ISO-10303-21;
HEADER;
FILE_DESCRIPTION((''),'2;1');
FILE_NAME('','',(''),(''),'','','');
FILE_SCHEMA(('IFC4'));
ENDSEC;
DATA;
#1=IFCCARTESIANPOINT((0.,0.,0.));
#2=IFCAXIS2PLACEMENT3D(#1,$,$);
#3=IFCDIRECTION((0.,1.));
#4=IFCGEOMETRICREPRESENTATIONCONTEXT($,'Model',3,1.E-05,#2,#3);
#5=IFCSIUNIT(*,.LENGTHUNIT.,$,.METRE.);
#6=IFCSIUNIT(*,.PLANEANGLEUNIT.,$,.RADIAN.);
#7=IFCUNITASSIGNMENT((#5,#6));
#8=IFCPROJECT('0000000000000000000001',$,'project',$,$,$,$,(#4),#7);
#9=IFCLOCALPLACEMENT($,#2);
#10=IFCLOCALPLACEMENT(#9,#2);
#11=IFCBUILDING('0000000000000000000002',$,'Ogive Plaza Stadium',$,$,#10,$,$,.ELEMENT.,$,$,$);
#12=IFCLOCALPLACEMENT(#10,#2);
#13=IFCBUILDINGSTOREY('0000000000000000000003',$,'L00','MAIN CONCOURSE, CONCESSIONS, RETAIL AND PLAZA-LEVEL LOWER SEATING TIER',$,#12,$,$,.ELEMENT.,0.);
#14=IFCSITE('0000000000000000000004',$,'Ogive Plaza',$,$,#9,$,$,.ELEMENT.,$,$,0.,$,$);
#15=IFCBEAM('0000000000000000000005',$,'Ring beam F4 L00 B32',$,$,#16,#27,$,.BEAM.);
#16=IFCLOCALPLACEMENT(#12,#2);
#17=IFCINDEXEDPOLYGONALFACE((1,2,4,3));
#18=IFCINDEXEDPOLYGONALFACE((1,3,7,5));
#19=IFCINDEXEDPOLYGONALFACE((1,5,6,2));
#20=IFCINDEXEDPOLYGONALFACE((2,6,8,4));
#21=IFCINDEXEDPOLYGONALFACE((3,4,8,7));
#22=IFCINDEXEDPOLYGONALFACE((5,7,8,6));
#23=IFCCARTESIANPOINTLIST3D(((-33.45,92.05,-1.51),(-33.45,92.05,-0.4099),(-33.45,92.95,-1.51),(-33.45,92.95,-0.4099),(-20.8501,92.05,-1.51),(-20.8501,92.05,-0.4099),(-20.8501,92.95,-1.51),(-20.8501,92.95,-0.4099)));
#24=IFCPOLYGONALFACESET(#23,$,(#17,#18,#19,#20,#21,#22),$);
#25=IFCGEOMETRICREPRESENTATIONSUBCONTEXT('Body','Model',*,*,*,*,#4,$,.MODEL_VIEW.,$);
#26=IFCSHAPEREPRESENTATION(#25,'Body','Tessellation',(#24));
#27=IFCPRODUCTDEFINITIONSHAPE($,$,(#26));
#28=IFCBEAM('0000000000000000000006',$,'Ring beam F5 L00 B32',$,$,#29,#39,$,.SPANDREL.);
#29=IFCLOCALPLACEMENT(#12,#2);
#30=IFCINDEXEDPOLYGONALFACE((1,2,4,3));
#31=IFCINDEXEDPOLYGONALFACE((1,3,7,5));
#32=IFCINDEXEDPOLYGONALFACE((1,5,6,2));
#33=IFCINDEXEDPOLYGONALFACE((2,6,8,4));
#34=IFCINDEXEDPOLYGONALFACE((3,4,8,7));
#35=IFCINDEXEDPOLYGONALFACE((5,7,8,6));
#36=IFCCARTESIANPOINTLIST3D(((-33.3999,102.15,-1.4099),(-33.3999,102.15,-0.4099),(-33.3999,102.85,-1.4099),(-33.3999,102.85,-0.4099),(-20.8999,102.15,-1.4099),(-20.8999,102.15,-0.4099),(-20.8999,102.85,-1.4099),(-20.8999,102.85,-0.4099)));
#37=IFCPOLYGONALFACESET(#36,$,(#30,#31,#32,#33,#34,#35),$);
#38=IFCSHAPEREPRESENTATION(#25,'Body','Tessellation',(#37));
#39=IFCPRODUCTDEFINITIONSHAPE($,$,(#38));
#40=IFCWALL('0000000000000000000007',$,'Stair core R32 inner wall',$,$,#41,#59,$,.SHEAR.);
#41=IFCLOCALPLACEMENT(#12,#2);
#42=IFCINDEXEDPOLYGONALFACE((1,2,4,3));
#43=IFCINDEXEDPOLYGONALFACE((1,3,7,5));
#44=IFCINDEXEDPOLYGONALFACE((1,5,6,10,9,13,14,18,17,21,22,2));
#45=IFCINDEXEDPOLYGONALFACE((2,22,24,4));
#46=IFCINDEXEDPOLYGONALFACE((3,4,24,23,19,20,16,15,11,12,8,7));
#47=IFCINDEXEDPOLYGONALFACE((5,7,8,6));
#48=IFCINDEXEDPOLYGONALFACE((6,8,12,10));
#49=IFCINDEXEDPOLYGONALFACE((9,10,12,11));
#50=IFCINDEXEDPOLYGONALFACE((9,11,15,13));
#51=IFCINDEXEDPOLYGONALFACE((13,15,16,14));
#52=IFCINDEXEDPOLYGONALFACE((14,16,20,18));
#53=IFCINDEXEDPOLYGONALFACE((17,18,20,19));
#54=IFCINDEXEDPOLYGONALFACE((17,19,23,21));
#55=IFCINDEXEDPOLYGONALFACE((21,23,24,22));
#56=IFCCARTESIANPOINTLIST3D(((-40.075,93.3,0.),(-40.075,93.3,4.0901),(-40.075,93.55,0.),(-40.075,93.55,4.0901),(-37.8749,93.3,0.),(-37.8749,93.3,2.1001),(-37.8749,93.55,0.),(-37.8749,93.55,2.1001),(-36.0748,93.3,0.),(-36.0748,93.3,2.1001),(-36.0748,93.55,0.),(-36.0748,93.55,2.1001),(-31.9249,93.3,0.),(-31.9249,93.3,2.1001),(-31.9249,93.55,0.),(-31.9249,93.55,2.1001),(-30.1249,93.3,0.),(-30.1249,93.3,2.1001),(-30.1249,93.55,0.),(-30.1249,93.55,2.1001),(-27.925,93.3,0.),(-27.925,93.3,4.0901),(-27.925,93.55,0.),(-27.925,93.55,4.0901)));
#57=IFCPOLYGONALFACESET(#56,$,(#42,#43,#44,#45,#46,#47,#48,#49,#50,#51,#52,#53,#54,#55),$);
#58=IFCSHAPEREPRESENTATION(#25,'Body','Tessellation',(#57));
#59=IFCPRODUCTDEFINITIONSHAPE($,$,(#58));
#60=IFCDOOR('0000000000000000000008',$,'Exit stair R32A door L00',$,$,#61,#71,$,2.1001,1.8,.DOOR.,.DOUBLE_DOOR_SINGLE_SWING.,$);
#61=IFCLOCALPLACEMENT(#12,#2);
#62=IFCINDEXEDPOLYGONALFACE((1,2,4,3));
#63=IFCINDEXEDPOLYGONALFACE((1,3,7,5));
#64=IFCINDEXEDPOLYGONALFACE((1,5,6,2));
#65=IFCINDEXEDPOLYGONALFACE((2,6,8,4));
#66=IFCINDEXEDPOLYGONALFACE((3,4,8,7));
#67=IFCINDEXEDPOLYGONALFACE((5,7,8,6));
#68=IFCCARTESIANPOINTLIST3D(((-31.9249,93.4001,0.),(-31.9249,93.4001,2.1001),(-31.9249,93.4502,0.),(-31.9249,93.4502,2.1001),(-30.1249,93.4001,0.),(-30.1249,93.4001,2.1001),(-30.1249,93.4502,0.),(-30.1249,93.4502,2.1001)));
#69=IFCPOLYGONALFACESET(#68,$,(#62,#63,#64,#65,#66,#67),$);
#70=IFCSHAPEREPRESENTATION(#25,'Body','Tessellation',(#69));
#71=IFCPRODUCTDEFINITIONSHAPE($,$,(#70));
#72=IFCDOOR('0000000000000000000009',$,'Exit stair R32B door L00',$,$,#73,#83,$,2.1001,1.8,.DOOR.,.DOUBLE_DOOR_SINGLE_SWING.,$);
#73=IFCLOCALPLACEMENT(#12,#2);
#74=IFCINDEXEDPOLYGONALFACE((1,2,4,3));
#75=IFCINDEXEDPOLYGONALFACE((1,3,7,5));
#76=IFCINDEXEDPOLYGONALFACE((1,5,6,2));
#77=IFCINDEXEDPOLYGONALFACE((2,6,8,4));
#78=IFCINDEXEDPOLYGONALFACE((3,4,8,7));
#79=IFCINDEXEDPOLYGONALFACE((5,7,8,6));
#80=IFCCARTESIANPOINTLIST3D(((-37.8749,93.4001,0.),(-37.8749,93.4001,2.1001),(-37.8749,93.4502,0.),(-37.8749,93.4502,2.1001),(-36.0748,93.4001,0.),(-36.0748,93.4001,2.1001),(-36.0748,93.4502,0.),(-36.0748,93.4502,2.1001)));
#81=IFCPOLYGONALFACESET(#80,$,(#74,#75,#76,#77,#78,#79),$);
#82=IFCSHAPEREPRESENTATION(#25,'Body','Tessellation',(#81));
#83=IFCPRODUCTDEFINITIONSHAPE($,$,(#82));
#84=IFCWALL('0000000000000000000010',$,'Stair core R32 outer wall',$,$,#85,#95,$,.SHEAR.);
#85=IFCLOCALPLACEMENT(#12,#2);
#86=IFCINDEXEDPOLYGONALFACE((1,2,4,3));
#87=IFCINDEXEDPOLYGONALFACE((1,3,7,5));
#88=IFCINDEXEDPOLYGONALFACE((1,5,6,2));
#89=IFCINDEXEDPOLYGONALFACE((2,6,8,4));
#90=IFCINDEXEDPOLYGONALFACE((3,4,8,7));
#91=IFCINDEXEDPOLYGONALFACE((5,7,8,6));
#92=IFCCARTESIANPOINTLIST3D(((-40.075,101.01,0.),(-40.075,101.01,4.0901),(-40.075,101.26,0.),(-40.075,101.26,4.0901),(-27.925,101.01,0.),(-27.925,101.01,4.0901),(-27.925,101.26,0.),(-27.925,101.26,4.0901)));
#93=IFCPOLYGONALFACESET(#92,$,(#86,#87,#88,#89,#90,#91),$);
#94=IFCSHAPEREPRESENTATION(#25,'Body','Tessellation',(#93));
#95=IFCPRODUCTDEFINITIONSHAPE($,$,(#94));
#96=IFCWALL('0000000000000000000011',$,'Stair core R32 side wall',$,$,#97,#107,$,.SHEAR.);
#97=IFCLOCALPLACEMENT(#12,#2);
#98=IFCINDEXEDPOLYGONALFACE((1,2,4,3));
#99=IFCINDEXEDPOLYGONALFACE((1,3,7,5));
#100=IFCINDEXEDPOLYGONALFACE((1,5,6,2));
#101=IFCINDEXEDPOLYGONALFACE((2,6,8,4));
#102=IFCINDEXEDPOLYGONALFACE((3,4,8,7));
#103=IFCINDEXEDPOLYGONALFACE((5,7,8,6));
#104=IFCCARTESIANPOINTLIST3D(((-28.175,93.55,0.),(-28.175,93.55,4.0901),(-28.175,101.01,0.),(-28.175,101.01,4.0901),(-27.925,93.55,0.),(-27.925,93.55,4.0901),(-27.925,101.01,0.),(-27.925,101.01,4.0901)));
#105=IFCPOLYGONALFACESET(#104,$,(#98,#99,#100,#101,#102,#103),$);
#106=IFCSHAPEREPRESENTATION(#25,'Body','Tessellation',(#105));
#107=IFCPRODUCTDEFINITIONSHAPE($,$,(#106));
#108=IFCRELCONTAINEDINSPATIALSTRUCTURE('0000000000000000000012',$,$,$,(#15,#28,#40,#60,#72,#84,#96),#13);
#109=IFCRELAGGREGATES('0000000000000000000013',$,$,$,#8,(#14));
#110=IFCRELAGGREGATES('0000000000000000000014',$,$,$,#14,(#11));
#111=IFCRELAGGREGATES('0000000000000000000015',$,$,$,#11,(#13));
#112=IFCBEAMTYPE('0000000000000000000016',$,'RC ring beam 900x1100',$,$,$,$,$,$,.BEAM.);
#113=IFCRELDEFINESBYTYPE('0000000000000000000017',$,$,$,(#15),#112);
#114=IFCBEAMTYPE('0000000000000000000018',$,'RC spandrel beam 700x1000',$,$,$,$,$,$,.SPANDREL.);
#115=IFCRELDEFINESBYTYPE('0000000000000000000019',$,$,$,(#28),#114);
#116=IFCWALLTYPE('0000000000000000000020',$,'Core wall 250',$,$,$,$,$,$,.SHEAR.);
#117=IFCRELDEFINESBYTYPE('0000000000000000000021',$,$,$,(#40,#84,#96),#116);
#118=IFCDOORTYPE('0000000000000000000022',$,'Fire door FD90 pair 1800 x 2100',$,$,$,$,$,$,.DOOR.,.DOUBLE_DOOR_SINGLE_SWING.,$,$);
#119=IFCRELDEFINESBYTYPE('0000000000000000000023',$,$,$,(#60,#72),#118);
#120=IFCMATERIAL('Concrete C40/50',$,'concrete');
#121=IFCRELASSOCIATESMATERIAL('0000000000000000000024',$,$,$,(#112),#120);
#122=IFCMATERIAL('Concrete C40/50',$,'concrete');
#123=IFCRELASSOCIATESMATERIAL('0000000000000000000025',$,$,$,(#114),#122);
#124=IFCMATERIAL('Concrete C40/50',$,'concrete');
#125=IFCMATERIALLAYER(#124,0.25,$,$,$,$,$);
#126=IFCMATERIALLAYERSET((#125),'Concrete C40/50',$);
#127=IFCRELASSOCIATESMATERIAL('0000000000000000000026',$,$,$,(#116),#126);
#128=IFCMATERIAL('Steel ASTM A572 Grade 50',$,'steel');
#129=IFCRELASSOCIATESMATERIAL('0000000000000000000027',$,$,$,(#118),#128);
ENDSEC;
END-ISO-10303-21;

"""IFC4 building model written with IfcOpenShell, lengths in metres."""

from ifc_helpers import new_model, si_unit, direction, frame, frame_2d, origin, origin_2d, place, context, subcontext, project, spatial, rectangle, extrude, material, layer, layer_set, material_profile, profile_set, type_object, element, fill, save


model = new_model("IFC4")

# Units and contexts
model_context = context("Model", 3, precision=1e-05, world=origin(), true_north=direction((0.0, 1.0)))
body_context = subcontext(model_context, "Body", "Model", "MODEL_VIEW")
ifc_project = project(units=[si_unit("LENGTHUNIT", "METRE"), si_unit("PLANEANGLEUNIT", "RADIAN")], contexts=[model_context])

# Site, building, storey
site_placement = place(None, origin())
site = spatial("IfcSite", under=ifc_project, at=site_placement, Name="Ogive Plaza", CompositionType="ELEMENT", RefElevation=0.0)
building_placement = place(site_placement, origin())
building = spatial("IfcBuilding", under=site, at=building_placement, Name="Ogive Plaza Stadium", CompositionType="ELEMENT")
storey_placement = place(building_placement, origin())
storey = spatial("IfcBuildingStorey", under=building, at=storey_placement, Name="L00", Description="MAIN CONCOURSE, CONCESSIONS, RETAIL AND PLAZA-LEVEL LOWER SEATING TIER", CompositionType="ELEMENT", Elevation=0.0)

# Beams
ifc_material_1 = material(Name="Concrete C40/50", Category="concrete")
ifc_material_profile_1 = material_profile(ifc_material_1, rectangle(XDim=0.8999, YDim=1.1001, at=origin_2d()), Name="RC 900x1100")
ifc_profile_set_1 = profile_set([ifc_material_profile_1], Name="Concrete C40/50")
beam_type_1 = type_object("IfcBeamType", Name="RC ring beam 900x1100", PredefinedType="BEAM", material=ifc_profile_set_1)
beam_1_placement = place(storey_placement, frame((-33.45, 92.5, -0.96), z_axis=(1.0, 0.0, 0.0), x_axis=(0.0, 1.0, 0.0)))
element("IfcBeam", 1, at=beam_1_placement, inside=storey, type_object=beam_type_1, Name="Ring beam F4 L00 B32", PredefinedType="BEAM", context=body_context, shape_type="SweptSolid", body=[
    extrude(rectangle(XDim=0.8999, YDim=1.1001, at=origin_2d()), origin(), (0.0, 0.0, 1.0), 12.5999),
])
ifc_material_2 = material(Name="Concrete C40/50", Category="concrete")
ifc_material_profile_2 = material_profile(ifc_material_2, rectangle(XDim=0.7, YDim=1.0, at=origin_2d()), Name="RC 700x1000")
ifc_profile_set_2 = profile_set([ifc_material_profile_2], Name="Concrete C40/50")
beam_type_2 = type_object("IfcBeamType", Name="RC spandrel beam 700x1000", PredefinedType="SPANDREL", material=ifc_profile_set_2)
beam_2_placement = place(storey_placement, frame((-33.3999, 102.5, -0.9099), z_axis=(1.0, 0.0, 0.0), x_axis=(0.0, 1.0, 0.0)))
element("IfcBeam", 2, at=beam_2_placement, inside=storey, type_object=beam_type_2, Name="Ring beam F5 L00 B32", PredefinedType="SPANDREL", context=body_context, shape_type="SweptSolid", body=[
    extrude(rectangle(XDim=0.7, YDim=1.0, at=origin_2d()), origin(), (0.0, 0.0, 1.0), 12.5),
])

# Wall, openings, doors
ifc_material_3 = material(Name="Concrete C40/50", Category="concrete")
ifc_layer_1 = layer(ifc_material_3, 0.25)
ifc_layer_set_1 = layer_set([ifc_layer_1], Name="Concrete C40/50")
wall_type_1 = type_object("IfcWallType", Name="Core wall 250", PredefinedType="SHEAR", material=ifc_layer_set_1)
wall_1_placement = place(storey_placement, frame((-27.925, 93.425, 0.0), z_axis=(0.0, 0.0, 1.0), x_axis=(-1.0, 0.0, 0.0)))
wall_1 = element("IfcWall", 3, at=wall_1_placement, inside=storey, type_object=wall_type_1, Name="Stair core R32 inner wall", PredefinedType="SHEAR", context=body_context, shape_type="SweptSolid", body=[
    extrude(rectangle(XDim=12.1499, YDim=0.25, at=frame_2d((6.075, 0.0))), origin(), (0.0, 0.0, 1.0), 4.0901),
])
opening_1_placement = place(wall_1_placement, frame((2.2, 0.0, 0.0)))
opening_1 = element("IfcOpeningElement", 4, at=opening_1_placement, cuts=wall_1, PredefinedType="OPENING", context=body_context, shape_type="SweptSolid", body=[
    extrude(rectangle(XDim=1.8, YDim=2.1001, at=frame_2d((0.8999, 1.05))), frame((0.0, 0.125, 0.0), z_axis=(0.0, -1.0, 0.0), x_axis=(1.0, 0.0, 0.0)), (0.0, 0.0, 1.0), 0.25),
])
opening_2_placement = place(wall_1_placement, frame((8.1499, 0.0, 0.0)))
opening_2 = element("IfcOpeningElement", 5, at=opening_2_placement, cuts=wall_1, PredefinedType="OPENING", context=body_context, shape_type="SweptSolid", body=[
    extrude(rectangle(XDim=1.8, YDim=2.1001, at=frame_2d((0.8999, 1.05))), frame((0.0, 0.125, 0.0), z_axis=(0.0, -1.0, 0.0), x_axis=(1.0, 0.0, 0.0)), (0.0, 0.0, 1.0), 0.25),
])
ifc_material_4 = material(Name="Steel ASTM A572 Grade 50", Category="steel")
door_type_1 = type_object("IfcDoorType", Name="Fire door FD90 pair 1800 x 2100", OperationType="DOUBLE_DOOR_SINGLE_SWING", PredefinedType="DOOR", material=ifc_material_4)
door_1_placement = place(opening_1_placement, origin())
door_1 = element("IfcDoor", 6, at=door_1_placement, inside=storey, type_object=door_type_1, Name="Exit stair R32A door L00", OperationType="DOUBLE_DOOR_SINGLE_SWING", OverallHeight=2.1001, OverallWidth=1.8, PredefinedType="DOOR", context=body_context, shape_type="SweptSolid", body=[
    extrude(rectangle(XDim=1.8, YDim=2.1001, at=frame_2d((0.8999, 1.05))), frame((0.0, 0.0249, 0.0), z_axis=(0.0, -1.0, 0.0), x_axis=(1.0, 0.0, 0.0)), (0.0, 0.0, 1.0), 0.05),
])
fill(opening_1, door_1)
door_2_placement = place(opening_2_placement, origin())
door_2 = element("IfcDoor", 7, at=door_2_placement, inside=storey, type_object=door_type_1, Name="Exit stair R32B door L00", OperationType="DOUBLE_DOOR_SINGLE_SWING", OverallHeight=2.1001, OverallWidth=1.8, PredefinedType="DOOR", context=body_context, shape_type="SweptSolid", body=[
    extrude(rectangle(XDim=1.8, YDim=2.1001, at=frame_2d((0.8999, 1.05))), frame((0.0, 0.0249, 0.0), z_axis=(0.0, -1.0, 0.0), x_axis=(1.0, 0.0, 0.0)), (0.0, 0.0, 1.0), 0.05),
])
fill(opening_2, door_2)

# Walls
wall_2_placement = place(storey_placement, frame((-27.925, 101.135, 0.0), z_axis=(0.0, 0.0, 1.0), x_axis=(-1.0, 0.0, 0.0)))
element("IfcWall", 8, at=wall_2_placement, inside=storey, type_object=wall_type_1, Name="Stair core R32 outer wall", PredefinedType="SHEAR", context=body_context, shape_type="SweptSolid", body=[
    extrude(rectangle(XDim=12.1499, YDim=0.25, at=frame_2d((6.075, 0.0))), origin(), (0.0, 0.0, 1.0), 4.0901),
])
wall_3_placement = place(storey_placement, frame((-28.05, 93.55, 0.0), z_axis=(0.0, 0.0, 1.0), x_axis=(0.0, 1.0, 0.0)))
element("IfcWall", 9, at=wall_3_placement, inside=storey, type_object=wall_type_1, Name="Stair core R32 side wall", PredefinedType="SHEAR", context=body_context, shape_type="SweptSolid", body=[
    extrude(rectangle(XDim=7.46, YDim=0.25, at=frame_2d((3.73, 0.0))), origin(), (0.0, 0.0, 1.0), 4.0901),
])

save(model, "model.ifc")
